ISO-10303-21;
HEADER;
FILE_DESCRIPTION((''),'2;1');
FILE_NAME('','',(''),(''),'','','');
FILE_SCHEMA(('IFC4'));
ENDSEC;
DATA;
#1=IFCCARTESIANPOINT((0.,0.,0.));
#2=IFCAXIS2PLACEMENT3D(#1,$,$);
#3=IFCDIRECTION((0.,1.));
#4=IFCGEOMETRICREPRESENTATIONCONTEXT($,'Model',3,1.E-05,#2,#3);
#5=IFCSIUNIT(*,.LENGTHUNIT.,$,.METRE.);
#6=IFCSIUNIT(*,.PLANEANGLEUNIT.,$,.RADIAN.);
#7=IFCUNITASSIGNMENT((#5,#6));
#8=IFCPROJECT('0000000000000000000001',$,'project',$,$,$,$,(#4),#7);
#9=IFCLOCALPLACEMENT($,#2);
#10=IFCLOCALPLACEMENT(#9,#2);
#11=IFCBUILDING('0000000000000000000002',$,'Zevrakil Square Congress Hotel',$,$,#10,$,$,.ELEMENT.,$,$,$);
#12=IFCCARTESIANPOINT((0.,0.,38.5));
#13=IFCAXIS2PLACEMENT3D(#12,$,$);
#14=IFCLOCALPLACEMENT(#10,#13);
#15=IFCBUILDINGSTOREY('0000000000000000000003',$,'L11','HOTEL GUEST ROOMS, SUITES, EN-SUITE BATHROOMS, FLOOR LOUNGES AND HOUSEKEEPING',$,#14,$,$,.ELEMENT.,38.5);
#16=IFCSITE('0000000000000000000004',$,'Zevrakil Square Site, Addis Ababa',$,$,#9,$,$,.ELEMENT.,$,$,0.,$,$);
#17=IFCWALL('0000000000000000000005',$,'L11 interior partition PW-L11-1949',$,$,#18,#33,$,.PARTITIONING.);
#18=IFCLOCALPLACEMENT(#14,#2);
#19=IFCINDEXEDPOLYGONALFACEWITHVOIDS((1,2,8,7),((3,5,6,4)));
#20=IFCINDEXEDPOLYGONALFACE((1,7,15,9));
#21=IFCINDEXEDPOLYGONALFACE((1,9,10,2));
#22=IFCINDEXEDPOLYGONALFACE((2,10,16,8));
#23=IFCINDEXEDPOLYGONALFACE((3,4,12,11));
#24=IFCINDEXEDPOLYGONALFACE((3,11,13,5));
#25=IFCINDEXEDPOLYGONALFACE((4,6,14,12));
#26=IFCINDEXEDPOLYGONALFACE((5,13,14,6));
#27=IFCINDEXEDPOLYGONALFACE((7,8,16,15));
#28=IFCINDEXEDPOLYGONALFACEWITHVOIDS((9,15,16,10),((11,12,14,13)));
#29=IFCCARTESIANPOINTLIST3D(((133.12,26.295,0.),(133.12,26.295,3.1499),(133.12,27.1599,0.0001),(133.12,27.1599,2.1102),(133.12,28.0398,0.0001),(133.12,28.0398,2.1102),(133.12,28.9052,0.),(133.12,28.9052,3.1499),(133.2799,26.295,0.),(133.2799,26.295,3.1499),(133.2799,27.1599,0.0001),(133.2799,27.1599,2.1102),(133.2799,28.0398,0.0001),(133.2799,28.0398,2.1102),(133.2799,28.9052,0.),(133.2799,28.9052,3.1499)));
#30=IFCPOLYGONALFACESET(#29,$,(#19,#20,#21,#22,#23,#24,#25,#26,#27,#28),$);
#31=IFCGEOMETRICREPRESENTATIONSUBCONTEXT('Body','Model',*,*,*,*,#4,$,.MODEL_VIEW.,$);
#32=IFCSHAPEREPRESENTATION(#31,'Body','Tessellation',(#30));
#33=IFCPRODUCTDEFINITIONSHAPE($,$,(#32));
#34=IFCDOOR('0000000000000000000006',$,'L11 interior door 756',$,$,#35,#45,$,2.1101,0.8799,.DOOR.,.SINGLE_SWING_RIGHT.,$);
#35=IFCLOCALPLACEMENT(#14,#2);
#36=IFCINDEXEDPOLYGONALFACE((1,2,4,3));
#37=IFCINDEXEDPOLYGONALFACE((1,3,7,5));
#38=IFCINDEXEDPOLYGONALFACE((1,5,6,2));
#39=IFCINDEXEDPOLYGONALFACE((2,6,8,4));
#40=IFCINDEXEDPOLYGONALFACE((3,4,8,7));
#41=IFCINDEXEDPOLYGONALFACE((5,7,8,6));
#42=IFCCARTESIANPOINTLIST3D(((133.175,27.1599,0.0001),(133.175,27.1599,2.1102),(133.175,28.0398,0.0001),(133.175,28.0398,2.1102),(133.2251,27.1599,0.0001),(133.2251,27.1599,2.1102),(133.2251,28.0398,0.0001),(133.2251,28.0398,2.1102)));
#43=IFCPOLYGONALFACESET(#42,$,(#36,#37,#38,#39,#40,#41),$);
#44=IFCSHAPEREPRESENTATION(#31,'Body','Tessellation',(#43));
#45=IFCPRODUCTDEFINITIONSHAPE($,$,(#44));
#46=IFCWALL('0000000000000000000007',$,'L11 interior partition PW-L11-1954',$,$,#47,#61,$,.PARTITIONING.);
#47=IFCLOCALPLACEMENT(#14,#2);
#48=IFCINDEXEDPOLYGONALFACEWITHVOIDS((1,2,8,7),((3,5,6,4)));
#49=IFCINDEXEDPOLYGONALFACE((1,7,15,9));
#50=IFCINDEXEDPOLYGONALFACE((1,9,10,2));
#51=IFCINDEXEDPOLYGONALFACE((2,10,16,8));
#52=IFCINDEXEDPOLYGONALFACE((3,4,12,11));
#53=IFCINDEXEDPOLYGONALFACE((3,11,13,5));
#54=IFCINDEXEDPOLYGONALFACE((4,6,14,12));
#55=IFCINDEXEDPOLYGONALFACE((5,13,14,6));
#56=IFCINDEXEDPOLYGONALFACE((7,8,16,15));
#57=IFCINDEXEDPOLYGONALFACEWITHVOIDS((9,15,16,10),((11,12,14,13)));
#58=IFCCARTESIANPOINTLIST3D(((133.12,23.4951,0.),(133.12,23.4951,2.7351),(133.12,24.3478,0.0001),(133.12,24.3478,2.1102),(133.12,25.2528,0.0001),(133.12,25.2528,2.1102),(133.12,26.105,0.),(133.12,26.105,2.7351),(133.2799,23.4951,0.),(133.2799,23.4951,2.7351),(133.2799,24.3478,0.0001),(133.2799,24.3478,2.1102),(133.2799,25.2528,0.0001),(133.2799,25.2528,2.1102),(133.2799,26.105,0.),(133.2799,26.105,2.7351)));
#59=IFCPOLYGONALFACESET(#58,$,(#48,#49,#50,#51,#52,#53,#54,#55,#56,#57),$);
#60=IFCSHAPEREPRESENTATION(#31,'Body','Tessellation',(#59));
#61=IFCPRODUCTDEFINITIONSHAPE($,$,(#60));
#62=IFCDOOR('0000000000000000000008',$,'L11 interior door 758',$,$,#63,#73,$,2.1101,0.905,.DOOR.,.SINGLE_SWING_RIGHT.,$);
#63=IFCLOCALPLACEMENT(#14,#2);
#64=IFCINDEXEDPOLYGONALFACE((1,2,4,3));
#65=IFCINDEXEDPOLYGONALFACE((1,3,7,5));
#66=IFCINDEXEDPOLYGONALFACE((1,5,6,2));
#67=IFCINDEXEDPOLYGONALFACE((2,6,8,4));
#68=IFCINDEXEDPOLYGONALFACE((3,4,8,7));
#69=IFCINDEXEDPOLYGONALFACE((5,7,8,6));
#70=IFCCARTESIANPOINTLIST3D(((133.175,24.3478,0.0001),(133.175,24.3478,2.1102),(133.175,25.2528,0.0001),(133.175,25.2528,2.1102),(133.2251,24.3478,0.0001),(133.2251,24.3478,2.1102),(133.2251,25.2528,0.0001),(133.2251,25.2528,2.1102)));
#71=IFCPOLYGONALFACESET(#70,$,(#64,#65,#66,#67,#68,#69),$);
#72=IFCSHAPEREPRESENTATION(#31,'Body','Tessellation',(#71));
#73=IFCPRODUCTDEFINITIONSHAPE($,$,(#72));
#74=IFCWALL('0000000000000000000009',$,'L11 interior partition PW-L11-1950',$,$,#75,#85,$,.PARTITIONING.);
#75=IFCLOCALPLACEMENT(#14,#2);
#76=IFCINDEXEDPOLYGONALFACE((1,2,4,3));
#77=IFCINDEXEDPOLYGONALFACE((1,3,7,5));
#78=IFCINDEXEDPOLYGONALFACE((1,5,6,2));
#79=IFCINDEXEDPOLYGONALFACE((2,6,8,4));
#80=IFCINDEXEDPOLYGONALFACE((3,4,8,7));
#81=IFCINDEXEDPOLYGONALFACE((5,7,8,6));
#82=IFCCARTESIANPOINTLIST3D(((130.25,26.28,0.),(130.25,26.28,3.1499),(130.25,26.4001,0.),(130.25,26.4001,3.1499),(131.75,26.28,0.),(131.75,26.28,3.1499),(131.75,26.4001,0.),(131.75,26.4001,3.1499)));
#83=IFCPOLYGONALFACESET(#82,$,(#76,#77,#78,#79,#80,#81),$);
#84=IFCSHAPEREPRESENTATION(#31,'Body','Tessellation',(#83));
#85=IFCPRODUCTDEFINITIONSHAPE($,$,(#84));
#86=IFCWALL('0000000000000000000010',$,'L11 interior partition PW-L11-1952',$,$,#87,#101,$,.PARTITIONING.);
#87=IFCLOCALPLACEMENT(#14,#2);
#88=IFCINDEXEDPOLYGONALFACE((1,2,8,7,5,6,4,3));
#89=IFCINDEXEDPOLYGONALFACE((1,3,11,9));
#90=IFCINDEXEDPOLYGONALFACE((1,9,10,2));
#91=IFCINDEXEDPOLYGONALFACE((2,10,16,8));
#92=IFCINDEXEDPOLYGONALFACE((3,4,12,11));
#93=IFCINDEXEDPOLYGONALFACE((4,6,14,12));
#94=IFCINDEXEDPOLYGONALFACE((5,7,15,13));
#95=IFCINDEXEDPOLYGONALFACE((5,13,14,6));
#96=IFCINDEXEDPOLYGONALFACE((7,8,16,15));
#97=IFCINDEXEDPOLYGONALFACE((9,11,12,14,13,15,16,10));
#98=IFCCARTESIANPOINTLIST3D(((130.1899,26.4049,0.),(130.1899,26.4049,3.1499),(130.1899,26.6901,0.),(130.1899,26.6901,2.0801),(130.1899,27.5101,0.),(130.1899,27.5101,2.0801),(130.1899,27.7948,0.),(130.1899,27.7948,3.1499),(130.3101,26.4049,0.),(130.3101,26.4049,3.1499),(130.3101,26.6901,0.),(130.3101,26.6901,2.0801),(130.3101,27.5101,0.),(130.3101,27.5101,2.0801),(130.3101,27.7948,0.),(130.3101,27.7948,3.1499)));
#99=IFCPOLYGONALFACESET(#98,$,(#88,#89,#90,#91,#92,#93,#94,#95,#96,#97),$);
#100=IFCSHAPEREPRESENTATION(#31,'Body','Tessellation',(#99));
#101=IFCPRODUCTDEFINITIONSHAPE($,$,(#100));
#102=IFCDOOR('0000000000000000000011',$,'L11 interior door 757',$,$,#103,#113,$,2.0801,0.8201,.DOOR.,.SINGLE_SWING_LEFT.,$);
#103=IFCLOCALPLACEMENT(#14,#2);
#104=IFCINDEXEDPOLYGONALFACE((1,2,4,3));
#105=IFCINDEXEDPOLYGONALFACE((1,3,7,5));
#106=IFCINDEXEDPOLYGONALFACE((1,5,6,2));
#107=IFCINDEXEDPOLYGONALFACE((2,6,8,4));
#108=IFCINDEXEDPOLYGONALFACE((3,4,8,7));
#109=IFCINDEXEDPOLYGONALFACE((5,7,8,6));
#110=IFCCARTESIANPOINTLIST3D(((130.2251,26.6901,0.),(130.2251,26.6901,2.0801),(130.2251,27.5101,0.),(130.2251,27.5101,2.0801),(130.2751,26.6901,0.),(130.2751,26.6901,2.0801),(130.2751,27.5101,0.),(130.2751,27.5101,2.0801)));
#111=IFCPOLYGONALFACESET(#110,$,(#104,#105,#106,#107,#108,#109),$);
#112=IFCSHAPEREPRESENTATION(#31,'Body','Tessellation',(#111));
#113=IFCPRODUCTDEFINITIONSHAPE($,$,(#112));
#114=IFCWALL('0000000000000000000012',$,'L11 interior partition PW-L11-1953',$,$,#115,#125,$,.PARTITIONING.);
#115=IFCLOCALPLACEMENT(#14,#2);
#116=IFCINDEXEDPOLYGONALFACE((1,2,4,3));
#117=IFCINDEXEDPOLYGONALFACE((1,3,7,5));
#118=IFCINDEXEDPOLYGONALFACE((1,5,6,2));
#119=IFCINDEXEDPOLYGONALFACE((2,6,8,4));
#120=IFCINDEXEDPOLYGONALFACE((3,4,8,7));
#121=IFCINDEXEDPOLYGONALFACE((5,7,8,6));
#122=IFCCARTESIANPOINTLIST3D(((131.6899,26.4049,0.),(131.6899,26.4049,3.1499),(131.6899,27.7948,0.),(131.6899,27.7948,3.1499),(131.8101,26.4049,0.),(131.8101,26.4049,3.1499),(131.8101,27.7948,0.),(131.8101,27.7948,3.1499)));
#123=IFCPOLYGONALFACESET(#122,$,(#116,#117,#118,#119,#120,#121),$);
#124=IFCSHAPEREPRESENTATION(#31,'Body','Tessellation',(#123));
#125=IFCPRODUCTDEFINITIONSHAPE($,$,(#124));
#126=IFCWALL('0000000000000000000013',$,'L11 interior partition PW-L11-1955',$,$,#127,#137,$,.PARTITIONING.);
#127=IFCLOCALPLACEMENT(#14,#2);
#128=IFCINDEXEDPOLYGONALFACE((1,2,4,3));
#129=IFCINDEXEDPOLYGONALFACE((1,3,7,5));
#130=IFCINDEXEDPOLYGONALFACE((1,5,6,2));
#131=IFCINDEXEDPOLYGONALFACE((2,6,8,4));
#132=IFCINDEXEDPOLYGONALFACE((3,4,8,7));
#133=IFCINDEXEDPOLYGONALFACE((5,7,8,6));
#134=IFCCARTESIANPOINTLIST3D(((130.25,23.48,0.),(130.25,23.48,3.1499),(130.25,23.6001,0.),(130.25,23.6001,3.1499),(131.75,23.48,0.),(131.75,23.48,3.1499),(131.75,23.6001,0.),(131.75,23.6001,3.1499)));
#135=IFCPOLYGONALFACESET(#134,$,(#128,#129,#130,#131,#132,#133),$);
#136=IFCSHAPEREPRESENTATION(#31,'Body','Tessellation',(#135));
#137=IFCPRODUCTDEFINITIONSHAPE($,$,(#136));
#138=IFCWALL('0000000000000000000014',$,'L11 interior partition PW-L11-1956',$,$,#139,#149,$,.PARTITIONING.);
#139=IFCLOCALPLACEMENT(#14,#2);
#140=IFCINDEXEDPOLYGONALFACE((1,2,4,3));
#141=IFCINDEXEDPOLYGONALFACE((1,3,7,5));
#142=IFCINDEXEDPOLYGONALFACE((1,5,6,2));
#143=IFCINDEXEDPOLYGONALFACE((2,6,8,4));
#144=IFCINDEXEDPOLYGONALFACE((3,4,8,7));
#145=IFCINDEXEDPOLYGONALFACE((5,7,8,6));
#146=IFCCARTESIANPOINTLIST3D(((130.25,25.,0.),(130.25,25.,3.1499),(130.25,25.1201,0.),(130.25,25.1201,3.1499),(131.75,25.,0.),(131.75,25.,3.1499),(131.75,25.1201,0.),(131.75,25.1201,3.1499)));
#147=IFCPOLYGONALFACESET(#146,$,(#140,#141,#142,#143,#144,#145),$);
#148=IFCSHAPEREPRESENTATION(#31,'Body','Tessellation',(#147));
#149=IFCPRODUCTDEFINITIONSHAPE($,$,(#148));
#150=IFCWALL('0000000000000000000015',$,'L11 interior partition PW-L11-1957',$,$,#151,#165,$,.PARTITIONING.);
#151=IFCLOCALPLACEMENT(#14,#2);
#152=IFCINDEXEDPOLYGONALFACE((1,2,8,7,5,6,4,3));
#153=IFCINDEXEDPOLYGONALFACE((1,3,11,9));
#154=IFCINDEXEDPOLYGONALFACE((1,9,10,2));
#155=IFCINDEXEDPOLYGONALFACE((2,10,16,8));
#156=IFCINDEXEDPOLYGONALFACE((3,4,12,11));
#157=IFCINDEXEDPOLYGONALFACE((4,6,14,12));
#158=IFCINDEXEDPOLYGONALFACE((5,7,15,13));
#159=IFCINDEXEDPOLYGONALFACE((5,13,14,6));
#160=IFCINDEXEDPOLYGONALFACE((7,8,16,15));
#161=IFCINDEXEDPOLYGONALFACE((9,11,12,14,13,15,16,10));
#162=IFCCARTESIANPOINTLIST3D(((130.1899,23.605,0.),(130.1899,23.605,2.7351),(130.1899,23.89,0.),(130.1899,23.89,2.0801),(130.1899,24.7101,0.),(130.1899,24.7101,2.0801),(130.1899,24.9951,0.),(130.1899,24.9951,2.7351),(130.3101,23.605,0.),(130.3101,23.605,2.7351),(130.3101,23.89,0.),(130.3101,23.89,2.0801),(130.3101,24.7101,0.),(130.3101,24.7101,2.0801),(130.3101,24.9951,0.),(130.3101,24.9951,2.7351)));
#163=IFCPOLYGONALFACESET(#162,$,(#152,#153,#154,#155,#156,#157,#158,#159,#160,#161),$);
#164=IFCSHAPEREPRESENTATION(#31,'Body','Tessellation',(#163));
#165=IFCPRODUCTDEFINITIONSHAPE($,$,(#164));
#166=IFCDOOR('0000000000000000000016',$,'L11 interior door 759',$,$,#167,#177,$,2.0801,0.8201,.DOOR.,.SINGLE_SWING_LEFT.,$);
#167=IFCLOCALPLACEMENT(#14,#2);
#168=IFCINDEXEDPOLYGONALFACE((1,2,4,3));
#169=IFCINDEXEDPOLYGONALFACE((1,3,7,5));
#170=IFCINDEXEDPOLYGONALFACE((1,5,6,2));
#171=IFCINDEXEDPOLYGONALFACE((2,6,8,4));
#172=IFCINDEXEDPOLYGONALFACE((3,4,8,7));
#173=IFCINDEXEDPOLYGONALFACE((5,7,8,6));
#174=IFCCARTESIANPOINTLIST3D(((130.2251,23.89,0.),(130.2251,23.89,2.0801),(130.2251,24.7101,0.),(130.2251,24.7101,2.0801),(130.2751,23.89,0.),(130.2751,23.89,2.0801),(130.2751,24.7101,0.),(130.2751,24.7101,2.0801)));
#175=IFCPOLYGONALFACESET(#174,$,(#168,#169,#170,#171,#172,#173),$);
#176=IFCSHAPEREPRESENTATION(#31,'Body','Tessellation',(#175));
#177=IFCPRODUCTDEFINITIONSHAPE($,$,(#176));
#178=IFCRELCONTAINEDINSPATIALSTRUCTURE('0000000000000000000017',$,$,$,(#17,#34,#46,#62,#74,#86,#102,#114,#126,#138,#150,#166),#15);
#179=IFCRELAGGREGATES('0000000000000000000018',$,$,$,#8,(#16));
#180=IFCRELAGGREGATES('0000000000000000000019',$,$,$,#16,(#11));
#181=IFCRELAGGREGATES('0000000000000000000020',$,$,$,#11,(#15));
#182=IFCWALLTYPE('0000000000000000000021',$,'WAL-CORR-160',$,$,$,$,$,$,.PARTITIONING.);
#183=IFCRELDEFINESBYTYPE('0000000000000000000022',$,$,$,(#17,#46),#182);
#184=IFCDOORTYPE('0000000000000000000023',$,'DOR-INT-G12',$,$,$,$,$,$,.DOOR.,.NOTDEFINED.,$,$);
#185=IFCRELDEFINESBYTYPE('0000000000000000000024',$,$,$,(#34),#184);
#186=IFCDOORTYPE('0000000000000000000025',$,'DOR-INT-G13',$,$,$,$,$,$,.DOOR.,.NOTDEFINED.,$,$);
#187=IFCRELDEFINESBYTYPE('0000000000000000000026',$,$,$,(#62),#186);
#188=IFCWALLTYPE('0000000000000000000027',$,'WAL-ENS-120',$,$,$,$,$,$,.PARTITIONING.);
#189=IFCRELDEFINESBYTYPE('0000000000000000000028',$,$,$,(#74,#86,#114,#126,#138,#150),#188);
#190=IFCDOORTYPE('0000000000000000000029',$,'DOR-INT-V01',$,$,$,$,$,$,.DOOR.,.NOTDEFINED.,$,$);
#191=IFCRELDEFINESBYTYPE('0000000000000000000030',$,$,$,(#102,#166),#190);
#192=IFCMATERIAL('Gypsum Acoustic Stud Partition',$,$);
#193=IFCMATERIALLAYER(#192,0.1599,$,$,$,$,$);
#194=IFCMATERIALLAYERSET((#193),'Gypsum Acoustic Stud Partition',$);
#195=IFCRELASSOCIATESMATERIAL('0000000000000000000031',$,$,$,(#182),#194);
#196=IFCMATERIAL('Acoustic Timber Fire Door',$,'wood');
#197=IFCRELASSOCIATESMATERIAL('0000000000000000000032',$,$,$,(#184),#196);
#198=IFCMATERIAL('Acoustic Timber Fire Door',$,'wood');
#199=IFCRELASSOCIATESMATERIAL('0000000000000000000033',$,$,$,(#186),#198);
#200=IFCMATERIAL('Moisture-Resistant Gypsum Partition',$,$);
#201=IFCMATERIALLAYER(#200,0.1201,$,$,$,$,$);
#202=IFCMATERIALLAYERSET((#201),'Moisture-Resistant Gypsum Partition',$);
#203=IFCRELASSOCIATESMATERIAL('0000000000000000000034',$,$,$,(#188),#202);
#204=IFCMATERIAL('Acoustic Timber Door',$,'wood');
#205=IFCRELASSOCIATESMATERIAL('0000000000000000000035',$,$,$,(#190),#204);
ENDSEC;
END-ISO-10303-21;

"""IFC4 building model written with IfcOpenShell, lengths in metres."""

from ifc_helpers import new_model, si_unit, direction, frame, frame_2d, origin, place, context, subcontext, project, spatial, rectangle, extrude, material, layer, layer_set, type_object, element, fill, save


model = new_model("IFC4")

# Units and contexts
model_context = context("Model", 3, precision=1e-05, world=origin(), true_north=direction((0.0, 1.0)))
body_context = subcontext(model_context, "Body", "Model", "MODEL_VIEW")
ifc_project = project(units=[si_unit("LENGTHUNIT", "METRE"), si_unit("PLANEANGLEUNIT", "RADIAN")], contexts=[model_context])

# Site, building, storey
site_placement = place(None, origin())
site = spatial("IfcSite", under=ifc_project, at=site_placement, Name="Zevrakil Square Site, Addis Ababa", CompositionType="ELEMENT", RefElevation=0.0)
building_placement = place(site_placement, origin())
building = spatial("IfcBuilding", under=site, at=building_placement, Name="Zevrakil Square Congress Hotel", CompositionType="ELEMENT")
storey_placement = place(building_placement, frame((0.0, 0.0, 38.5)))
storey = spatial("IfcBuildingStorey", under=building, at=storey_placement, Name="L11", Description="HOTEL GUEST ROOMS, SUITES, EN-SUITE BATHROOMS, FLOOR LOUNGES AND HOUSEKEEPING", CompositionType="ELEMENT", Elevation=38.5)

# Walls, openings, doors
ifc_material_1 = material(Name="Gypsum Acoustic Stud Partition")
ifc_layer_1 = layer(ifc_material_1, 0.1599)
ifc_layer_set_1 = layer_set([ifc_layer_1], Name="Gypsum Acoustic Stud Partition")
wall_type_1 = type_object("IfcWallType", Name="WAL-CORR-160", PredefinedType="PARTITIONING", material=ifc_layer_set_1)
wall_1_placement = place(storey_placement, frame((133.2, 26.2949, 0.0), z_axis=(0.0, 0.0, 1.0), x_axis=(0.0, 1.0, 0.0)))
wall_1 = element("IfcWall", 1, at=wall_1_placement, inside=storey, type_object=wall_type_1, Name="L11 interior partition PW-L11-1949", PredefinedType="PARTITIONING", context=body_context, shape_type="SweptSolid", body=[
    extrude(rectangle(XDim=2.6101, YDim=0.1599, at=frame_2d((1.3052, 0.0))), origin(), (0.0, 0.0, 1.0), 3.1499),
])
opening_1_placement = place(wall_1_placement, frame((0.865, 0.0, 0.0)))
opening_1 = element("IfcOpeningElement", 2, at=opening_1_placement, cuts=wall_1, PredefinedType="OPENING", context=body_context, shape_type="SweptSolid", body=[
    extrude(rectangle(XDim=0.8799, YDim=2.1101, at=frame_2d((0.4399, 1.0552))), frame((0.0, 0.0898, 0.0), z_axis=(0.0, -1.0, 0.0), x_axis=(1.0, 0.0, 0.0)), (0.0, 0.0, 1.0), 0.1799),
])
ifc_material_2 = material(Name="Acoustic Timber Fire Door", Category="wood")
door_type_1 = type_object("IfcDoorType", Name="DOR-INT-G12", OperationType="NOTDEFINED", PredefinedType="DOOR", material=ifc_material_2)
door_1_placement = place(opening_1_placement, origin())
door_1 = element("IfcDoor", 3, at=door_1_placement, inside=storey, type_object=door_type_1, Name="L11 interior door 756", OperationType="SINGLE_SWING_RIGHT", OverallHeight=2.1101, OverallWidth=0.8799, PredefinedType="DOOR", context=body_context, shape_type="SweptSolid", body=[
    extrude(rectangle(XDim=0.8799, YDim=2.1101, at=frame_2d((0.4399, 1.0552))), frame((0.0, 0.0249, 0.0), z_axis=(0.0, -1.0, 0.0), x_axis=(1.0, 0.0, 0.0)), (0.0, 0.0, 1.0), 0.05),
])
fill(opening_1, door_1)
wall_2_placement = place(storey_placement, frame((133.2, 23.4951, 0.0), z_axis=(0.0, 0.0, 1.0), x_axis=(0.0, 1.0, 0.0)))
wall_2 = element("IfcWall", 4, at=wall_2_placement, inside=storey, type_object=wall_type_1, Name="L11 interior partition PW-L11-1954", PredefinedType="PARTITIONING", context=body_context, shape_type="SweptSolid", body=[
    extrude(rectangle(XDim=2.6099, YDim=0.1599, at=frame_2d((1.3049, 0.0))), origin(), (0.0, 0.0, 1.0), 2.7351),
])
opening_2_placement = place(wall_2_placement, frame((0.8525, 0.0, 0.0)))
opening_2 = element("IfcOpeningElement", 5, at=opening_2_placement, cuts=wall_2, PredefinedType="OPENING", context=body_context, shape_type="SweptSolid", body=[
    extrude(rectangle(XDim=0.905, YDim=2.1101, at=frame_2d((0.4526, 1.0552))), frame((0.0, 0.0898, 0.0), z_axis=(0.0, -1.0, 0.0), x_axis=(1.0, 0.0, 0.0)), (0.0, 0.0, 1.0), 0.1799),
])
ifc_material_3 = material(Name="Acoustic Timber Fire Door", Category="wood")
door_type_2 = type_object("IfcDoorType", Name="DOR-INT-G13", OperationType="NOTDEFINED", PredefinedType="DOOR", material=ifc_material_3)
door_2_placement = place(opening_2_placement, origin())
door_2 = element("IfcDoor", 6, at=door_2_placement, inside=storey, type_object=door_type_2, Name="L11 interior door 758", OperationType="SINGLE_SWING_RIGHT", OverallHeight=2.1101, OverallWidth=0.905, PredefinedType="DOOR", context=body_context, shape_type="SweptSolid", body=[
    extrude(rectangle(XDim=0.905, YDim=2.1101, at=frame_2d((0.4526, 1.0552))), frame((0.0, 0.0249, 0.0), z_axis=(0.0, -1.0, 0.0), x_axis=(1.0, 0.0, 0.0)), (0.0, 0.0, 1.0), 0.05),
])
fill(opening_2, door_2)

# Wall
ifc_material_4 = material(Name="Moisture-Resistant Gypsum Partition")
ifc_layer_2 = layer(ifc_material_4, 0.1201)
ifc_layer_set_2 = layer_set([ifc_layer_2], Name="Moisture-Resistant Gypsum Partition")
wall_type_2 = type_object("IfcWallType", Name="WAL-ENS-120", PredefinedType="PARTITIONING", material=ifc_layer_set_2)
wall_3_placement = place(storey_placement, frame((130.25, 26.3401, 0.0), z_axis=(0.0, 0.0, 1.0), x_axis=(1.0, 0.0, 0.0)))
element("IfcWall", 7, at=wall_3_placement, inside=storey, type_object=wall_type_2, Name="L11 interior partition PW-L11-1950", PredefinedType="PARTITIONING", context=body_context, shape_type="SweptSolid", body=[
    extrude(rectangle(XDim=1.5, YDim=0.1201, at=frame_2d((0.75, 0.0))), origin(), (0.0, 0.0, 1.0), 3.1499),
])

# Wall, opening, door
wall_4_placement = place(storey_placement, frame((130.25, 26.405, 0.0), z_axis=(0.0, 0.0, 1.0), x_axis=(0.0, 1.0, 0.0)))
wall_4 = element("IfcWall", 8, at=wall_4_placement, inside=storey, type_object=wall_type_2, Name="L11 interior partition PW-L11-1952", PredefinedType="PARTITIONING", context=body_context, shape_type="SweptSolid", body=[
    extrude(rectangle(XDim=1.3899, YDim=0.1201, at=frame_2d((0.6948, 0.0))), origin(), (0.0, 0.0, 1.0), 3.1499),
])
opening_3_placement = place(wall_4_placement, frame((0.2849, 0.0, 0.0)))
opening_3 = element("IfcOpeningElement", 9, at=opening_3_placement, cuts=wall_4, PredefinedType="OPENING", context=body_context, shape_type="SweptSolid", body=[
    extrude(rectangle(XDim=0.8201, YDim=2.0801, at=frame_2d((0.4102, 1.04))), frame((0.0, 0.0701, 0.0), z_axis=(0.0, -1.0, 0.0), x_axis=(1.0, 0.0, 0.0)), (0.0, 0.0, 1.0), 0.1401),
])
ifc_material_5 = material(Name="Acoustic Timber Door", Category="wood")
door_type_3 = type_object("IfcDoorType", Name="DOR-INT-V01", OperationType="NOTDEFINED", PredefinedType="DOOR", material=ifc_material_5)
door_3_placement = place(opening_3_placement, origin())
door_3 = element("IfcDoor", 10, at=door_3_placement, inside=storey, type_object=door_type_3, Name="L11 interior door 757", OperationType="SINGLE_SWING_LEFT", OverallHeight=2.0801, OverallWidth=0.8201, PredefinedType="DOOR", context=body_context, shape_type="SweptSolid", body=[
    extrude(rectangle(XDim=0.8201, YDim=2.0801, at=frame_2d((0.4102, 1.04))), frame((0.0, 0.0249, 0.0), z_axis=(0.0, -1.0, 0.0), x_axis=(1.0, 0.0, 0.0)), (0.0, 0.0, 1.0), 0.05),
])
fill(opening_3, door_3)

# Walls
wall_5_placement = place(storey_placement, frame((131.75, 26.405, 0.0), z_axis=(0.0, 0.0, 1.0), x_axis=(0.0, 1.0, 0.0)))
element("IfcWall", 11, at=wall_5_placement, inside=storey, type_object=wall_type_2, Name="L11 interior partition PW-L11-1953", PredefinedType="PARTITIONING", context=body_context, shape_type="SweptSolid", body=[
    extrude(rectangle(XDim=1.3899, YDim=0.1201, at=frame_2d((0.6948, 0.0))), origin(), (0.0, 0.0, 1.0), 3.1499),
])
for number, where, z_axis, x_axis, name in (
    (12, (130.25, 23.54, 0.0), (0.0, 0.0, 1.0), (1.0, 0.0, 0.0), "L11 interior partition PW-L11-1955"),
    (13, (130.25, 25.0601, 0.0), (0.0, 0.0, 1.0), (1.0, 0.0, 0.0), "L11 interior partition PW-L11-1956"),
):
    element("IfcWall", number, at=place(storey_placement, frame(where, z_axis=z_axis, x_axis=x_axis)), inside=storey, type_object=wall_type_2, Name=name, PredefinedType="PARTITIONING", context=body_context, shape_type="SweptSolid", body=[
        extrude(rectangle(XDim=1.5, YDim=0.1201, at=frame_2d((0.75, 0.0))), origin(), (0.0, 0.0, 1.0), 3.1499),
    ])

# Wall, opening, door
wall_6_placement = place(storey_placement, frame((130.25, 23.605, 0.0), z_axis=(0.0, 0.0, 1.0), x_axis=(0.0, 1.0, 0.0)))
wall_6 = element("IfcWall", 14, at=wall_6_placement, inside=storey, type_object=wall_type_2, Name="L11 interior partition PW-L11-1957", PredefinedType="PARTITIONING", context=body_context, shape_type="SweptSolid", body=[
    extrude(rectangle(XDim=1.3901, YDim=0.1201, at=frame_2d((0.6951, 0.0))), origin(), (0.0, 0.0, 1.0), 2.7351),
])
opening_4_placement = place(wall_6_placement, frame((0.2849, 0.0, 0.0)))
opening_4 = element("IfcOpeningElement", 15, at=opening_4_placement, cuts=wall_6, PredefinedType="OPENING", context=body_context, shape_type="SweptSolid", body=[
    extrude(rectangle(XDim=0.8201, YDim=2.0801, at=frame_2d((0.4102, 1.04))), frame((0.0, 0.0701, 0.0), z_axis=(0.0, -1.0, 0.0), x_axis=(1.0, 0.0, 0.0)), (0.0, 0.0, 1.0), 0.1401),
])
door_4_placement = place(opening_4_placement, origin())
door_4 = element("IfcDoor", 16, at=door_4_placement, inside=storey, type_object=door_type_3, Name="L11 interior door 759", OperationType="SINGLE_SWING_LEFT", OverallHeight=2.0801, OverallWidth=0.8201, PredefinedType="DOOR", context=body_context, shape_type="SweptSolid", body=[
    extrude(rectangle(XDim=0.8201, YDim=2.0801, at=frame_2d((0.4102, 1.04))), frame((0.0, 0.0249, 0.0), z_axis=(0.0, -1.0, 0.0), x_axis=(1.0, 0.0, 0.0)), (0.0, 0.0, 1.0), 0.05),
])
fill(opening_4, door_4)

save(model, "model.ifc")
